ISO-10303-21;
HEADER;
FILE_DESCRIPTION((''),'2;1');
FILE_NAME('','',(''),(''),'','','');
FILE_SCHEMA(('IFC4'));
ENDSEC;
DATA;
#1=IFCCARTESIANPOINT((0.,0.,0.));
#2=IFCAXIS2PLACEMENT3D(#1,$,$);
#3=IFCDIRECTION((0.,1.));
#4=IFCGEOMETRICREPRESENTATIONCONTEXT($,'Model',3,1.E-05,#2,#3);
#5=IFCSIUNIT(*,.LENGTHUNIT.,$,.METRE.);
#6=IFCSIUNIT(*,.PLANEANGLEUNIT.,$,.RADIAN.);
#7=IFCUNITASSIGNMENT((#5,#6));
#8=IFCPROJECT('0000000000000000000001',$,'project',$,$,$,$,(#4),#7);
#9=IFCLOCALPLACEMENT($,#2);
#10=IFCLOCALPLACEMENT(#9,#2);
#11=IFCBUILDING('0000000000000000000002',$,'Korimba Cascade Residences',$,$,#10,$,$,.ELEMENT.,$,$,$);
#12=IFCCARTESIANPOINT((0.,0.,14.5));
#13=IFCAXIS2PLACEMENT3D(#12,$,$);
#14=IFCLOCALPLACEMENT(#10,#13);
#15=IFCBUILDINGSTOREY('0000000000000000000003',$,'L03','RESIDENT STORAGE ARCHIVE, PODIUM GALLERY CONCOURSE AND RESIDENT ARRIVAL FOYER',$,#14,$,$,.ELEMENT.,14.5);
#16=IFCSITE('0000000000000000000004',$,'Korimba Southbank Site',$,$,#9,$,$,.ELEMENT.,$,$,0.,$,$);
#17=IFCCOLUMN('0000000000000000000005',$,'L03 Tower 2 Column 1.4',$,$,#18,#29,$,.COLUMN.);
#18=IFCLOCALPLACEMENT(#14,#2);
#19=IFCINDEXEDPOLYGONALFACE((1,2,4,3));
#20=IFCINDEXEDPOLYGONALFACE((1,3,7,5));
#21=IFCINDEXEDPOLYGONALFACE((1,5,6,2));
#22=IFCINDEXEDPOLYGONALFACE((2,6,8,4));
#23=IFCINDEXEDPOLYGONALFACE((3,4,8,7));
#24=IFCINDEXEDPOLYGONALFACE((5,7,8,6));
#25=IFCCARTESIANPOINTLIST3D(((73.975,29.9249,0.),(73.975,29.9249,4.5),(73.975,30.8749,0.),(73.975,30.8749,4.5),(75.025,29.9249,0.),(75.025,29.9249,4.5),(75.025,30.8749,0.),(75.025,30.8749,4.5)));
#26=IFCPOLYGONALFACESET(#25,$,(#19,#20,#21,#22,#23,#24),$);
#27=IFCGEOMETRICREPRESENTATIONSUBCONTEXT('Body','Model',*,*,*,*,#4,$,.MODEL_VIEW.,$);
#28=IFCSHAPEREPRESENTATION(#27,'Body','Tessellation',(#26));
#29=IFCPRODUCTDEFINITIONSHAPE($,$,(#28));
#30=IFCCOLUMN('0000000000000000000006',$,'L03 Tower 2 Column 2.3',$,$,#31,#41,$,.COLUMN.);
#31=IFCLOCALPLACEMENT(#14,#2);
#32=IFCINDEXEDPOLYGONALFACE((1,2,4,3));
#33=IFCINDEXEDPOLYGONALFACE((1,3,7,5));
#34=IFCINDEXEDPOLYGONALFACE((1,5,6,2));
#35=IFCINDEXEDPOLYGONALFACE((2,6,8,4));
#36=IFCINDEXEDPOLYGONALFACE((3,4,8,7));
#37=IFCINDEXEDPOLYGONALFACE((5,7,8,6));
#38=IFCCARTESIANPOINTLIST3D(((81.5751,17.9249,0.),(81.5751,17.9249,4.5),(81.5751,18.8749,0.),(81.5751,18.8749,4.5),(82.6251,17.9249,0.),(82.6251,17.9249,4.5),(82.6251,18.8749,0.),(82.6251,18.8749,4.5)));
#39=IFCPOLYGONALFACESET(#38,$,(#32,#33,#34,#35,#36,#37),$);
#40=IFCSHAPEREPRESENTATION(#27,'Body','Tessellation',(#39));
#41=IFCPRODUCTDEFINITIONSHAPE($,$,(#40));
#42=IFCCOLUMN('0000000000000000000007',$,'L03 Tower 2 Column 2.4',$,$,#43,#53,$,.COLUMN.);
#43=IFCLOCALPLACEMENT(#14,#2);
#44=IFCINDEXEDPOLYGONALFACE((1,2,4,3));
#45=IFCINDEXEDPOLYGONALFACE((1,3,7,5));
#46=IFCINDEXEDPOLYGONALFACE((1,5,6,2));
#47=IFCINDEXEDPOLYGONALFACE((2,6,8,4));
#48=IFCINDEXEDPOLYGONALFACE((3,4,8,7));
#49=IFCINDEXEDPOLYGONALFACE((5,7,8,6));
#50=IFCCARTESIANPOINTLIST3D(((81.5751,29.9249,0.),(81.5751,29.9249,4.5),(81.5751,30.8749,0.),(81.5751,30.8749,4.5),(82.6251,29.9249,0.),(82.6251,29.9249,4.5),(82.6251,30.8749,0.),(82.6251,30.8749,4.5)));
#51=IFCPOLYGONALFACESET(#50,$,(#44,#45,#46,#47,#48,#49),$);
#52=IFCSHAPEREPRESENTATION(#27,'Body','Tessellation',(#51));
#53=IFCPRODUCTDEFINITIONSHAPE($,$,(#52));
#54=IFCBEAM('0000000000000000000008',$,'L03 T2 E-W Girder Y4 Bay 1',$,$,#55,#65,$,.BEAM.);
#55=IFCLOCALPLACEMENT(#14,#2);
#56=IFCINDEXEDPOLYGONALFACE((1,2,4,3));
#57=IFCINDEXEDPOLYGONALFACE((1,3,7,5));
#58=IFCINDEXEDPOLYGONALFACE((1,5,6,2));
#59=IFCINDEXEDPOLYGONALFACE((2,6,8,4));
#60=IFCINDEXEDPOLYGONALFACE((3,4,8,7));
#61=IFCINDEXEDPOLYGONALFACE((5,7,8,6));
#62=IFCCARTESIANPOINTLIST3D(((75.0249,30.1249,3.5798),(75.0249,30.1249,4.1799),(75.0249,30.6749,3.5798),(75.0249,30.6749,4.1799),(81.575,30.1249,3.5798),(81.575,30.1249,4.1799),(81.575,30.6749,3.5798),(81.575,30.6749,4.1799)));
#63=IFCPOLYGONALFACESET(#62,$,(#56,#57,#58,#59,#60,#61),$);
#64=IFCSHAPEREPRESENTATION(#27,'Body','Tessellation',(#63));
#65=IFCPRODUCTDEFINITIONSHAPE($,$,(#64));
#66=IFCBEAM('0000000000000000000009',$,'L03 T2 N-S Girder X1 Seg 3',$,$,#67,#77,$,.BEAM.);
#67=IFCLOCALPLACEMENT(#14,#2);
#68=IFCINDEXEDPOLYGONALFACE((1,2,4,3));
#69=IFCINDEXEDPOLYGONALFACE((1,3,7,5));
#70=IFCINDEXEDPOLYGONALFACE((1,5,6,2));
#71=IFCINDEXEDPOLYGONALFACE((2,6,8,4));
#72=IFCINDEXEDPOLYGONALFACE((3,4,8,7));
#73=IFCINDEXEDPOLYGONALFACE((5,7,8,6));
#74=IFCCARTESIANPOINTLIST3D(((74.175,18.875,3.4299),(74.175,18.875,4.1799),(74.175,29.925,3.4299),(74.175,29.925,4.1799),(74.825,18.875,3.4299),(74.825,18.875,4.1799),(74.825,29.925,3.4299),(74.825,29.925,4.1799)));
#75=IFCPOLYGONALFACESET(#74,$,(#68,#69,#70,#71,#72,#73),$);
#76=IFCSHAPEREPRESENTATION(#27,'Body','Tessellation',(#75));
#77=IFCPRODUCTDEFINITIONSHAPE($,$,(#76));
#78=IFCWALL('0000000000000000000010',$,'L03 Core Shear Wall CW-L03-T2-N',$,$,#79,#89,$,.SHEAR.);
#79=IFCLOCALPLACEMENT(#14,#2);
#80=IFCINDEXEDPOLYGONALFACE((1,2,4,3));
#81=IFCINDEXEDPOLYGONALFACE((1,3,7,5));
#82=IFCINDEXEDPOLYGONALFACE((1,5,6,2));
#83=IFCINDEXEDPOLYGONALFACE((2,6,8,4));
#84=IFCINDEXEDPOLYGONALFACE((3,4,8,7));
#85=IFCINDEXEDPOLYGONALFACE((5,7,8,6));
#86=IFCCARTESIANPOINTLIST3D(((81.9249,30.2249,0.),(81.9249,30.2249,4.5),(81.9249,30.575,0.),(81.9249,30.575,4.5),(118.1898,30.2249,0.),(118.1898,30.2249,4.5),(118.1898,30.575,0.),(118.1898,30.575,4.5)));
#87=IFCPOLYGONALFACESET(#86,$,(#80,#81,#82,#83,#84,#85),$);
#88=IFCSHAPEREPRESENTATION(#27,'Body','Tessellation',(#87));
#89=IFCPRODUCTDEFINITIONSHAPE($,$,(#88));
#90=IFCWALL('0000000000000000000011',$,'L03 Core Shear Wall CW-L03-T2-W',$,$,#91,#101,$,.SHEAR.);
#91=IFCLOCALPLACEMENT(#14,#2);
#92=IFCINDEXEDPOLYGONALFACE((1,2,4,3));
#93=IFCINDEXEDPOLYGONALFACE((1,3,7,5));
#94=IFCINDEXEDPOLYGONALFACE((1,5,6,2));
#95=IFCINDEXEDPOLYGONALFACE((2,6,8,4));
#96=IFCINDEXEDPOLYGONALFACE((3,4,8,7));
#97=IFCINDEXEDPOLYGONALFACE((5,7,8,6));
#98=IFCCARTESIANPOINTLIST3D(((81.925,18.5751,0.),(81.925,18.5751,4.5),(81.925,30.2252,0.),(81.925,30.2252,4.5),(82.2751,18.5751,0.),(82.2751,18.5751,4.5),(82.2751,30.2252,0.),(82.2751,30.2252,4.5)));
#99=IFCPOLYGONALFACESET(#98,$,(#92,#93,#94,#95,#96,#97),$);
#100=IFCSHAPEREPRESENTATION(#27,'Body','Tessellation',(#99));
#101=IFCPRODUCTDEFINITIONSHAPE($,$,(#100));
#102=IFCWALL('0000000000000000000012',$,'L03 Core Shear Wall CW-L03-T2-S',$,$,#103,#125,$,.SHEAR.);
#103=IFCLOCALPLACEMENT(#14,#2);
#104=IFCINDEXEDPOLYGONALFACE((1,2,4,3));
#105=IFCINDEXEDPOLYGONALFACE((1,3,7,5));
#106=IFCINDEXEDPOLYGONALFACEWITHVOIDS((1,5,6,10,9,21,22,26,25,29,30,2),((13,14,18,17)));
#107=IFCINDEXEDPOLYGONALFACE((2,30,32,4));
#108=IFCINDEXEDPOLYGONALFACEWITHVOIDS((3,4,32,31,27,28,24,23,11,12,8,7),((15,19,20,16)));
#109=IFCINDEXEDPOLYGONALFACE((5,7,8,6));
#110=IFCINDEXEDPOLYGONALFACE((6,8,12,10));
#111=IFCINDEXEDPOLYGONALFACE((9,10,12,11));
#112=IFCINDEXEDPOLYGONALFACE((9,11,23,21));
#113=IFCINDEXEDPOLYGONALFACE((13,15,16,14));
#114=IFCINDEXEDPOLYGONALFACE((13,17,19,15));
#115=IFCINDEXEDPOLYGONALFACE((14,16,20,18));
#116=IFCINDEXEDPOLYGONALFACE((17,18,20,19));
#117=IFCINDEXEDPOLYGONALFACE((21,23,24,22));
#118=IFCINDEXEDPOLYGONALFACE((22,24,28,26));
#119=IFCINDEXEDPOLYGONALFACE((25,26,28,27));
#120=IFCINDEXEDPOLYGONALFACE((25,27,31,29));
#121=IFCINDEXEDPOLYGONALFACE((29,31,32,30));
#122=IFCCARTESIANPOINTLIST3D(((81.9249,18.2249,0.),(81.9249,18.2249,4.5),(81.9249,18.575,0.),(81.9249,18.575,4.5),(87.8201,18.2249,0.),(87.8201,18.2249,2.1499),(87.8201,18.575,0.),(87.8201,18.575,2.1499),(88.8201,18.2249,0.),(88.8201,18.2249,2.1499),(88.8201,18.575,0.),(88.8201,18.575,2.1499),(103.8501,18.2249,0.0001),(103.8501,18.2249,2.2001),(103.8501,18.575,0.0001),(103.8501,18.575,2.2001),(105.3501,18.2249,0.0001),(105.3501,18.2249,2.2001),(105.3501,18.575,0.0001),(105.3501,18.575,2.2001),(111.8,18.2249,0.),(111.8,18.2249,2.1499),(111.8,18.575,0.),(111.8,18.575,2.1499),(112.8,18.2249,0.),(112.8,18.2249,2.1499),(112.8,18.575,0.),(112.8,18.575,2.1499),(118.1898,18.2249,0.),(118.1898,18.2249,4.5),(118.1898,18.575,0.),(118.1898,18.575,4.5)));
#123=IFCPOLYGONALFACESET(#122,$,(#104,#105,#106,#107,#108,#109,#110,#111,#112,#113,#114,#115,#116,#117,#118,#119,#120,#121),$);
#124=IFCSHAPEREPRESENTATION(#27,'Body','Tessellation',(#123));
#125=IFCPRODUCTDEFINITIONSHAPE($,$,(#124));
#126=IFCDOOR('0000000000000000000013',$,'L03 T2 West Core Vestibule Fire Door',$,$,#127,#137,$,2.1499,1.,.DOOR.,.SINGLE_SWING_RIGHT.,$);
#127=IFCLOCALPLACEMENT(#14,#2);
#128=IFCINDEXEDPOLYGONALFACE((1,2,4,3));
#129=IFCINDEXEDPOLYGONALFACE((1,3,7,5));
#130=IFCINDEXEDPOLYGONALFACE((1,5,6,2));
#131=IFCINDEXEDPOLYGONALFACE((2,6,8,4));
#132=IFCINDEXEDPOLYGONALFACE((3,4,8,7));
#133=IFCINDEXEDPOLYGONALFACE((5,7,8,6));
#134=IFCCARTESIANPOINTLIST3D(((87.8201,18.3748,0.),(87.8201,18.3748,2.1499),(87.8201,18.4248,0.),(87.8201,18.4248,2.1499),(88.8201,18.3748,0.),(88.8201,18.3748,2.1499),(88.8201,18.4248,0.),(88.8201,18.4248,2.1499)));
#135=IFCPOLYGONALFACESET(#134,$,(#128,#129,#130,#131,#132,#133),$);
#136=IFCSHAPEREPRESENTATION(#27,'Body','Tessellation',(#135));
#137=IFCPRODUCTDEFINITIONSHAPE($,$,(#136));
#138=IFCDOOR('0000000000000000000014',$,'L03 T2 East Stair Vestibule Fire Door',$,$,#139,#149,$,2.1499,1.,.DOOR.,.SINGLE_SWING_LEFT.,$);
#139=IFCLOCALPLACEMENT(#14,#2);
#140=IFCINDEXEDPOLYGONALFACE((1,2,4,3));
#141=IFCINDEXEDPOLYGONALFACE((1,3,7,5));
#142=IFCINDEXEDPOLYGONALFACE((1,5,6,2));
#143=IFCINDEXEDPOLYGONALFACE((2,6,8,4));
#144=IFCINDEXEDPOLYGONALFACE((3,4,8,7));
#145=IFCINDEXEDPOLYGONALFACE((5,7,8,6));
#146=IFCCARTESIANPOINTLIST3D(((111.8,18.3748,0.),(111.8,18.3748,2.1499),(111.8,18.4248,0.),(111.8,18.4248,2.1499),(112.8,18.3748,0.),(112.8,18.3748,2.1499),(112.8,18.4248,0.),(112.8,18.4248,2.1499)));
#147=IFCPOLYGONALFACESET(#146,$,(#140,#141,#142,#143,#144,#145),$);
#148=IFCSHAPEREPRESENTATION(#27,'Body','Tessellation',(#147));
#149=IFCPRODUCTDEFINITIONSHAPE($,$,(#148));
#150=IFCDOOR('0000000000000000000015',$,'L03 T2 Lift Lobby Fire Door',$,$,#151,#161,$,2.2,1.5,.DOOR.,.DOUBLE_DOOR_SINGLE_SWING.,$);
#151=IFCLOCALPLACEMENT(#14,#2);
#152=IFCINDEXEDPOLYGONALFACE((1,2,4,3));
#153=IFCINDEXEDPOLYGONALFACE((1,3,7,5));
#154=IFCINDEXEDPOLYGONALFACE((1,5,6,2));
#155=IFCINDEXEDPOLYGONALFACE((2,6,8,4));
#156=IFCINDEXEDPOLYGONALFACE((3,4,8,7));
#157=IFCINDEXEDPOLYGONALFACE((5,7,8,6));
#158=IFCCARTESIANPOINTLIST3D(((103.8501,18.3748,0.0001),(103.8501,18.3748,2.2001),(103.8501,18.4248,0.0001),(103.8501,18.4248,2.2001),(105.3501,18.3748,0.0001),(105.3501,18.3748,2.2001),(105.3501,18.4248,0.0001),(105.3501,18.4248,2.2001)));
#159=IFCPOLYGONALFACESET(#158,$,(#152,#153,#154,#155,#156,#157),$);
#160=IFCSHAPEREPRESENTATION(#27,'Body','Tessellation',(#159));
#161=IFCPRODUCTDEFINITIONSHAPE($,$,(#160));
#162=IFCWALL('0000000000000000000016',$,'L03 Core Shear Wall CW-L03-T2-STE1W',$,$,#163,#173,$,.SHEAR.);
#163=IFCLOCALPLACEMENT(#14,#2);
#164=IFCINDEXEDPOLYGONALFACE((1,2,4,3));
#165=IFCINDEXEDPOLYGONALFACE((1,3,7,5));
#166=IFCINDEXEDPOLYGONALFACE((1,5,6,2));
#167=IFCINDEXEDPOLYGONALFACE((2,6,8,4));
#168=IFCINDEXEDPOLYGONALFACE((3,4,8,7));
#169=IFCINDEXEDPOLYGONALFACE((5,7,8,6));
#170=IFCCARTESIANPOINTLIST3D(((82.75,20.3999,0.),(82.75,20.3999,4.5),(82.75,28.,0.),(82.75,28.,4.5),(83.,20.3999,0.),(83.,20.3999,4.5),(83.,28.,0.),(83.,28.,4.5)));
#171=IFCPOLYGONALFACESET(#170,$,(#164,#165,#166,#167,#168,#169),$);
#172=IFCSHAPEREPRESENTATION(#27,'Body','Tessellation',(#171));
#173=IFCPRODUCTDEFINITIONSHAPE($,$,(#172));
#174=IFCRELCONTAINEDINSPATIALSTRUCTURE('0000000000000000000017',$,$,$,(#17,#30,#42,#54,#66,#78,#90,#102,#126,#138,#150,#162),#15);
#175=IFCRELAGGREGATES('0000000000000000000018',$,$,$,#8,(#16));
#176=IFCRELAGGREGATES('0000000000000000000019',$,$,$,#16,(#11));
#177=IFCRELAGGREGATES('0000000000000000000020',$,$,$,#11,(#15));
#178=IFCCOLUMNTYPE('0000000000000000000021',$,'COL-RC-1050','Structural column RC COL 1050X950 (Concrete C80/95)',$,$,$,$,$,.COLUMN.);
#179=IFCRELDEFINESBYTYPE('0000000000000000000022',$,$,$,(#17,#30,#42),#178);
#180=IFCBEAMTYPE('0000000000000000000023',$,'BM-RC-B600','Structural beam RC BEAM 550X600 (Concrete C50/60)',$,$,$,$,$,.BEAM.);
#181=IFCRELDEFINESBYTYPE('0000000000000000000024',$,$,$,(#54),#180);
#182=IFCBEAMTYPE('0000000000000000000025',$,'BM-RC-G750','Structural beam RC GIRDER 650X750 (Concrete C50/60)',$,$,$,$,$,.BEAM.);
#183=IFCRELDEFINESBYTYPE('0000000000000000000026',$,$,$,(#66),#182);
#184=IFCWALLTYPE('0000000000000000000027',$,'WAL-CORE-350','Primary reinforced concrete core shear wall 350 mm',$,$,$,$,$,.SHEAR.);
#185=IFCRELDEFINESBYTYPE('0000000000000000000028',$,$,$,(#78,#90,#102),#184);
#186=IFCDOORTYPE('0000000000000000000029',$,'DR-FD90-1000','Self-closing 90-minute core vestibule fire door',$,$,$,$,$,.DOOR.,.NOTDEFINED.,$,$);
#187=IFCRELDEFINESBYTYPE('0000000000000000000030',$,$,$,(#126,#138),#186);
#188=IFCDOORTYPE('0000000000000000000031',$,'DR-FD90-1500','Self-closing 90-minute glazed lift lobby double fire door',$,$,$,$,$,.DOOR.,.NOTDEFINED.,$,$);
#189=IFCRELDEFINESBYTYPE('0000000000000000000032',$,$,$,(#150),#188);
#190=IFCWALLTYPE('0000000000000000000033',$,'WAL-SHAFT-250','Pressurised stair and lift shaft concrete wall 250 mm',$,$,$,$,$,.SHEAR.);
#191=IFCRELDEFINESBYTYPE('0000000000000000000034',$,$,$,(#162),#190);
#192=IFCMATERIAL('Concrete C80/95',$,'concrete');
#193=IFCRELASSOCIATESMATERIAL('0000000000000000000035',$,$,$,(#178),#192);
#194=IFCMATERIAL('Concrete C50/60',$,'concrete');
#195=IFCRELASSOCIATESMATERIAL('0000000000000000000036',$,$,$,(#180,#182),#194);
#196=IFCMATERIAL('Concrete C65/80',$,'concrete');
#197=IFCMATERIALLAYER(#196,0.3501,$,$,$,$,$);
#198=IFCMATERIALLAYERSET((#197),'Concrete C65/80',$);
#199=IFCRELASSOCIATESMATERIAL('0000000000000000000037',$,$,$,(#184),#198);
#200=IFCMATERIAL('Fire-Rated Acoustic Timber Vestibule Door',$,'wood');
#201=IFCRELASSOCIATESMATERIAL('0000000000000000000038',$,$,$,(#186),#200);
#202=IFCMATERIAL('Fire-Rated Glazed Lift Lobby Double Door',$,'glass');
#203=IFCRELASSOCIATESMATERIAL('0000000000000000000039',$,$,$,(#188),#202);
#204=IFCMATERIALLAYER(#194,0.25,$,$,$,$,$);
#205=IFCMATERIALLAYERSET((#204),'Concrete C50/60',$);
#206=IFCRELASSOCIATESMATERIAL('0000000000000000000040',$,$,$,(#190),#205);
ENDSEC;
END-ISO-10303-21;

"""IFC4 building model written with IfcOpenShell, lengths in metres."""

from ifc_helpers import new_model, si_unit, direction, frame, frame_2d, origin, origin_2d, place, context, subcontext, project, spatial, rectangle, extrude, material, layer, layer_set, material_profile, profile_set, type_object, element, fill, save


model = new_model("IFC4")

# Units and contexts
model_context = context("Model", 3, precision=1e-05, world=origin(), true_north=direction((0.0, 1.0)))
body_context = subcontext(model_context, "Body", "Model", "MODEL_VIEW")
ifc_project = project(units=[si_unit("LENGTHUNIT", "METRE"), si_unit("PLANEANGLEUNIT", "RADIAN")], contexts=[model_context])

# Site, building, storey
site_placement = place(None, origin())
site = spatial("IfcSite", under=ifc_project, at=site_placement, Name="Korimba Southbank Site", CompositionType="ELEMENT", RefElevation=0.0)
building_placement = place(site_placement, origin())
building = spatial("IfcBuilding", under=site, at=building_placement, Name="Korimba Cascade Residences", CompositionType="ELEMENT")
storey_placement = place(building_placement, frame((0.0, 0.0, 14.5)))
storey = spatial("IfcBuildingStorey", under=building, at=storey_placement, Name="L03", Description="RESIDENT STORAGE ARCHIVE, PODIUM GALLERY CONCOURSE AND RESIDENT ARRIVAL FOYER", CompositionType="ELEMENT", Elevation=14.5)

# Columns
ifc_material_1 = material(Name="Concrete C80/95", Category="concrete")
ifc_material_profile_1 = material_profile(ifc_material_1, rectangle(XDim=1.05, YDim=0.95, at=origin_2d()), Name="Concrete C80/95")
ifc_profile_set_1 = profile_set([ifc_material_profile_1], Name="Concrete C80/95")
column_type = type_object("IfcColumnType", Name="COL-RC-1050", Description="Structural column RC COL 1050X950 (Concrete C80/95)", PredefinedType="COLUMN", material=ifc_profile_set_1)
for number, where, z_axis, x_axis, name in (
    (1, (74.5, 30.3999, 0.0), (0.0, 0.0, 1.0), (1.0, 0.0, 0.0), "L03 Tower 2 Column 1.4"),
    (2, (82.1001, 18.3999, 0.0), (0.0, 0.0, 1.0), (1.0, 0.0, 0.0), "L03 Tower 2 Column 2.3"),
    (3, (82.1001, 30.3999, 0.0), (0.0, 0.0, 1.0), (1.0, 0.0, 0.0), "L03 Tower 2 Column 2.4"),
):
    element("IfcColumn", number, at=place(storey_placement, frame(where, z_axis=z_axis, x_axis=x_axis)), inside=storey, type_object=column_type, Name=name, PredefinedType="COLUMN", context=body_context, shape_type="SweptSolid", body=[
        extrude(rectangle(XDim=1.05, YDim=0.95, at=origin_2d()), origin(), (0.0, 0.0, 1.0), 4.5),
    ])

# Beams
ifc_material_2 = material(Name="Concrete C50/60", Category="concrete")
ifc_material_profile_2 = material_profile(ifc_material_2, rectangle(XDim=0.55, YDim=0.6001, at=origin_2d()), Name="Concrete C50/60")
ifc_profile_set_2 = profile_set([ifc_material_profile_2], Name="Concrete C50/60")
beam_type_1 = type_object("IfcBeamType", Name="BM-RC-B600", Description="Structural beam RC BEAM 550X600 (Concrete C50/60)", PredefinedType="BEAM", material=ifc_profile_set_2)
beam_1_placement = place(storey_placement, frame((75.0249, 30.3999, 3.8799), z_axis=(1.0, 0.0, 0.0), x_axis=(0.0, 1.0, 0.0)))
element("IfcBeam", 4, at=beam_1_placement, inside=storey, type_object=beam_type_1, Name="L03 T2 E-W Girder Y4 Bay 1", PredefinedType="BEAM", context=body_context, shape_type="SweptSolid", body=[
    extrude(rectangle(XDim=0.55, YDim=0.6001, at=origin_2d()), origin(), (0.0, 0.0, 1.0), 6.55),
])
ifc_material_profile_3 = material_profile(ifc_material_2, rectangle(XDim=0.6499, YDim=0.75, at=origin_2d()), Name="Concrete C50/60")
ifc_profile_set_3 = profile_set([ifc_material_profile_3], Name="Concrete C50/60")
beam_type_2 = type_object("IfcBeamType", Name="BM-RC-G750", Description="Structural beam RC GIRDER 650X750 (Concrete C50/60)", PredefinedType="BEAM", material=ifc_profile_set_3)
beam_2_placement = place(storey_placement, frame((74.5, 18.875, 3.8049), z_axis=(0.0, 1.0, 0.0), x_axis=(-1.0, 0.0, 0.0)))
element("IfcBeam", 5, at=beam_2_placement, inside=storey, type_object=beam_type_2, Name="L03 T2 N-S Girder X1 Seg 3", PredefinedType="BEAM", context=body_context, shape_type="SweptSolid", body=[
    extrude(rectangle(XDim=0.6499, YDim=0.75, at=origin_2d()), origin(), (0.0, 0.0, 1.0), 11.05),
])

# Walls
ifc_material_3 = material(Name="Concrete C65/80", Category="concrete")
ifc_layer_1 = layer(ifc_material_3, 0.3501)
ifc_layer_set_1 = layer_set([ifc_layer_1], Name="Concrete C65/80")
wall_type_1 = type_object("IfcWallType", Name="WAL-CORE-350", Description="Primary reinforced concrete core shear wall 350 mm", PredefinedType="SHEAR", material=ifc_layer_set_1)
wall_1_placement = place(storey_placement, frame((81.925, 30.3999, 0.0), z_axis=(0.0, 0.0, 1.0), x_axis=(1.0, 0.0, 0.0)))
element("IfcWall", 6, at=wall_1_placement, inside=storey, type_object=wall_type_1, Name="L03 Core Shear Wall CW-L03-T2-N", PredefinedType="SHEAR", context=body_context, shape_type="SweptSolid", body=[
    extrude(rectangle(XDim=36.2649, YDim=0.3501, at=frame_2d((18.1323, 0.0))), origin(), (0.0, 0.0, 1.0), 4.5),
])
wall_2_placement = place(storey_placement, frame((82.1001, 18.575, 0.0), z_axis=(0.0, 0.0, 1.0), x_axis=(0.0, 1.0, 0.0)))
element("IfcWall", 7, at=wall_2_placement, inside=storey, type_object=wall_type_1, Name="L03 Core Shear Wall CW-L03-T2-W", PredefinedType="SHEAR", context=body_context, shape_type="SweptSolid", body=[
    extrude(rectangle(XDim=11.6501, YDim=0.3501, at=frame_2d((5.8252, 0.0))), origin(), (0.0, 0.0, 1.0), 4.5),
])

# Wall, openings, doors
wall_3_placement = place(storey_placement, frame((81.925, 18.3999, 0.0), z_axis=(0.0, 0.0, 1.0), x_axis=(1.0, 0.0, 0.0)))
wall_3 = element("IfcWall", 8, at=wall_3_placement, inside=storey, type_object=wall_type_1, Name="L03 Core Shear Wall CW-L03-T2-S", PredefinedType="SHEAR", context=body_context, shape_type="SweptSolid", body=[
    extrude(rectangle(XDim=36.2649, YDim=0.3501, at=frame_2d((18.1323, 0.0))), origin(), (0.0, 0.0, 1.0), 4.5),
])
opening_1_placement = place(wall_3_placement, frame((5.895, 0.0, 0.0)))
opening_1 = element("IfcOpeningElement", 9, at=opening_1_placement, cuts=wall_3, PredefinedType="OPENING", context=body_context, shape_type="SweptSolid", body=[
    extrude(rectangle(XDim=1.0, YDim=2.1499, at=frame_2d((0.5, 1.075))), frame((0.0, 0.1851, 0.0), z_axis=(0.0, -1.0, 0.0), x_axis=(1.0, 0.0, 0.0)), (0.0, 0.0, 1.0), 0.3701),
])
opening_2_placement = place(wall_3_placement, frame((21.925, 0.0, 0.0)))
opening_2 = element("IfcOpeningElement", 10, at=opening_2_placement, cuts=wall_3, PredefinedType="OPENING", context=body_context, shape_type="SweptSolid", body=[
    extrude(rectangle(XDim=1.5, YDim=2.2, at=frame_2d((0.75, 1.1001))), frame((0.0, 0.1851, 0.0), z_axis=(0.0, -1.0, 0.0), x_axis=(1.0, 0.0, 0.0)), (0.0, 0.0, 1.0), 0.3701),
])
opening_3_placement = place(wall_3_placement, frame((29.875, 0.0, 0.0)))
opening_3 = element("IfcOpeningElement", 11, at=opening_3_placement, cuts=wall_3, PredefinedType="OPENING", context=body_context, shape_type="SweptSolid", body=[
    extrude(rectangle(XDim=1.0, YDim=2.1499, at=frame_2d((0.5, 1.075))), frame((0.0, 0.1851, 0.0), z_axis=(0.0, -1.0, 0.0), x_axis=(1.0, 0.0, 0.0)), (0.0, 0.0, 1.0), 0.3701),
])
ifc_material_4 = material(Name="Fire-Rated Acoustic Timber Vestibule Door", Category="wood")
door_type_1 = type_object("IfcDoorType", Name="DR-FD90-1000", Description="Self-closing 90-minute core vestibule fire door", OperationType="NOTDEFINED", PredefinedType="DOOR", material=ifc_material_4)
door_1_placement = place(opening_1_placement, origin())
door_1 = element("IfcDoor", 12, at=door_1_placement, inside=storey, type_object=door_type_1, Name="L03 T2 West Core Vestibule Fire Door", OperationType="SINGLE_SWING_RIGHT", OverallHeight=2.1499, OverallWidth=1.0, PredefinedType="DOOR", context=body_context, shape_type="SweptSolid", body=[
    extrude(rectangle(XDim=1.0, YDim=2.1499, at=frame_2d((0.5, 1.075))), frame((0.0, 0.0249, 0.0), z_axis=(0.0, -1.0, 0.0), x_axis=(1.0, 0.0, 0.0)), (0.0, 0.0, 1.0), 0.05),
])
fill(opening_1, door_1)
door_2_placement = place(opening_3_placement, origin())
door_2 = element("IfcDoor", 13, at=door_2_placement, inside=storey, type_object=door_type_1, Name="L03 T2 East Stair Vestibule Fire Door", OperationType="SINGLE_SWING_LEFT", OverallHeight=2.1499, OverallWidth=1.0, PredefinedType="DOOR", context=body_context, shape_type="SweptSolid", body=[
    extrude(rectangle(XDim=1.0, YDim=2.1499, at=frame_2d((0.5, 1.075))), frame((0.0, 0.0249, 0.0), z_axis=(0.0, -1.0, 0.0), x_axis=(1.0, 0.0, 0.0)), (0.0, 0.0, 1.0), 0.05),
])
fill(opening_3, door_2)
ifc_material_5 = material(Name="Fire-Rated Glazed Lift Lobby Double Door", Category="glass")
door_type_2 = type_object("IfcDoorType", Name="DR-FD90-1500", Description="Self-closing 90-minute glazed lift lobby double fire door", OperationType="NOTDEFINED", PredefinedType="DOOR", material=ifc_material_5)
door_3_placement = place(opening_2_placement, origin())
door_3 = element("IfcDoor", 14, at=door_3_placement, inside=storey, type_object=door_type_2, Name="L03 T2 Lift Lobby Fire Door", OperationType="DOUBLE_DOOR_SINGLE_SWING", OverallHeight=2.2, OverallWidth=1.5, PredefinedType="DOOR", context=body_context, shape_type="SweptSolid", body=[
    extrude(rectangle(XDim=1.5, YDim=2.2, at=frame_2d((0.75, 1.1001))), frame((0.0, 0.0249, 0.0), z_axis=(0.0, -1.0, 0.0), x_axis=(1.0, 0.0, 0.0)), (0.0, 0.0, 1.0), 0.05),
])
fill(opening_2, door_3)

# Wall
ifc_layer_2 = layer(ifc_material_2, 0.25)
ifc_layer_set_2 = layer_set([ifc_layer_2], Name="Concrete C50/60")
wall_type_2 = type_object("IfcWallType", Name="WAL-SHAFT-250", Description="Pressurised stair and lift shaft concrete wall 250 mm", PredefinedType="SHEAR", material=ifc_layer_set_2)
wall_4_placement = place(storey_placement, frame((82.875, 20.3999, 0.0), z_axis=(0.0, 0.0, 1.0), x_axis=(0.0, 1.0, 0.0)))
element("IfcWall", 15, at=wall_4_placement, inside=storey, type_object=wall_type_2, Name="L03 Core Shear Wall CW-L03-T2-STE1W", PredefinedType="SHEAR", context=body_context, shape_type="SweptSolid", body=[
    extrude(rectangle(XDim=7.6001, YDim=0.25, at=frame_2d((3.8, 0.0))), origin(), (0.0, 0.0, 1.0), 4.5),
])

save(model, "model.ifc")
